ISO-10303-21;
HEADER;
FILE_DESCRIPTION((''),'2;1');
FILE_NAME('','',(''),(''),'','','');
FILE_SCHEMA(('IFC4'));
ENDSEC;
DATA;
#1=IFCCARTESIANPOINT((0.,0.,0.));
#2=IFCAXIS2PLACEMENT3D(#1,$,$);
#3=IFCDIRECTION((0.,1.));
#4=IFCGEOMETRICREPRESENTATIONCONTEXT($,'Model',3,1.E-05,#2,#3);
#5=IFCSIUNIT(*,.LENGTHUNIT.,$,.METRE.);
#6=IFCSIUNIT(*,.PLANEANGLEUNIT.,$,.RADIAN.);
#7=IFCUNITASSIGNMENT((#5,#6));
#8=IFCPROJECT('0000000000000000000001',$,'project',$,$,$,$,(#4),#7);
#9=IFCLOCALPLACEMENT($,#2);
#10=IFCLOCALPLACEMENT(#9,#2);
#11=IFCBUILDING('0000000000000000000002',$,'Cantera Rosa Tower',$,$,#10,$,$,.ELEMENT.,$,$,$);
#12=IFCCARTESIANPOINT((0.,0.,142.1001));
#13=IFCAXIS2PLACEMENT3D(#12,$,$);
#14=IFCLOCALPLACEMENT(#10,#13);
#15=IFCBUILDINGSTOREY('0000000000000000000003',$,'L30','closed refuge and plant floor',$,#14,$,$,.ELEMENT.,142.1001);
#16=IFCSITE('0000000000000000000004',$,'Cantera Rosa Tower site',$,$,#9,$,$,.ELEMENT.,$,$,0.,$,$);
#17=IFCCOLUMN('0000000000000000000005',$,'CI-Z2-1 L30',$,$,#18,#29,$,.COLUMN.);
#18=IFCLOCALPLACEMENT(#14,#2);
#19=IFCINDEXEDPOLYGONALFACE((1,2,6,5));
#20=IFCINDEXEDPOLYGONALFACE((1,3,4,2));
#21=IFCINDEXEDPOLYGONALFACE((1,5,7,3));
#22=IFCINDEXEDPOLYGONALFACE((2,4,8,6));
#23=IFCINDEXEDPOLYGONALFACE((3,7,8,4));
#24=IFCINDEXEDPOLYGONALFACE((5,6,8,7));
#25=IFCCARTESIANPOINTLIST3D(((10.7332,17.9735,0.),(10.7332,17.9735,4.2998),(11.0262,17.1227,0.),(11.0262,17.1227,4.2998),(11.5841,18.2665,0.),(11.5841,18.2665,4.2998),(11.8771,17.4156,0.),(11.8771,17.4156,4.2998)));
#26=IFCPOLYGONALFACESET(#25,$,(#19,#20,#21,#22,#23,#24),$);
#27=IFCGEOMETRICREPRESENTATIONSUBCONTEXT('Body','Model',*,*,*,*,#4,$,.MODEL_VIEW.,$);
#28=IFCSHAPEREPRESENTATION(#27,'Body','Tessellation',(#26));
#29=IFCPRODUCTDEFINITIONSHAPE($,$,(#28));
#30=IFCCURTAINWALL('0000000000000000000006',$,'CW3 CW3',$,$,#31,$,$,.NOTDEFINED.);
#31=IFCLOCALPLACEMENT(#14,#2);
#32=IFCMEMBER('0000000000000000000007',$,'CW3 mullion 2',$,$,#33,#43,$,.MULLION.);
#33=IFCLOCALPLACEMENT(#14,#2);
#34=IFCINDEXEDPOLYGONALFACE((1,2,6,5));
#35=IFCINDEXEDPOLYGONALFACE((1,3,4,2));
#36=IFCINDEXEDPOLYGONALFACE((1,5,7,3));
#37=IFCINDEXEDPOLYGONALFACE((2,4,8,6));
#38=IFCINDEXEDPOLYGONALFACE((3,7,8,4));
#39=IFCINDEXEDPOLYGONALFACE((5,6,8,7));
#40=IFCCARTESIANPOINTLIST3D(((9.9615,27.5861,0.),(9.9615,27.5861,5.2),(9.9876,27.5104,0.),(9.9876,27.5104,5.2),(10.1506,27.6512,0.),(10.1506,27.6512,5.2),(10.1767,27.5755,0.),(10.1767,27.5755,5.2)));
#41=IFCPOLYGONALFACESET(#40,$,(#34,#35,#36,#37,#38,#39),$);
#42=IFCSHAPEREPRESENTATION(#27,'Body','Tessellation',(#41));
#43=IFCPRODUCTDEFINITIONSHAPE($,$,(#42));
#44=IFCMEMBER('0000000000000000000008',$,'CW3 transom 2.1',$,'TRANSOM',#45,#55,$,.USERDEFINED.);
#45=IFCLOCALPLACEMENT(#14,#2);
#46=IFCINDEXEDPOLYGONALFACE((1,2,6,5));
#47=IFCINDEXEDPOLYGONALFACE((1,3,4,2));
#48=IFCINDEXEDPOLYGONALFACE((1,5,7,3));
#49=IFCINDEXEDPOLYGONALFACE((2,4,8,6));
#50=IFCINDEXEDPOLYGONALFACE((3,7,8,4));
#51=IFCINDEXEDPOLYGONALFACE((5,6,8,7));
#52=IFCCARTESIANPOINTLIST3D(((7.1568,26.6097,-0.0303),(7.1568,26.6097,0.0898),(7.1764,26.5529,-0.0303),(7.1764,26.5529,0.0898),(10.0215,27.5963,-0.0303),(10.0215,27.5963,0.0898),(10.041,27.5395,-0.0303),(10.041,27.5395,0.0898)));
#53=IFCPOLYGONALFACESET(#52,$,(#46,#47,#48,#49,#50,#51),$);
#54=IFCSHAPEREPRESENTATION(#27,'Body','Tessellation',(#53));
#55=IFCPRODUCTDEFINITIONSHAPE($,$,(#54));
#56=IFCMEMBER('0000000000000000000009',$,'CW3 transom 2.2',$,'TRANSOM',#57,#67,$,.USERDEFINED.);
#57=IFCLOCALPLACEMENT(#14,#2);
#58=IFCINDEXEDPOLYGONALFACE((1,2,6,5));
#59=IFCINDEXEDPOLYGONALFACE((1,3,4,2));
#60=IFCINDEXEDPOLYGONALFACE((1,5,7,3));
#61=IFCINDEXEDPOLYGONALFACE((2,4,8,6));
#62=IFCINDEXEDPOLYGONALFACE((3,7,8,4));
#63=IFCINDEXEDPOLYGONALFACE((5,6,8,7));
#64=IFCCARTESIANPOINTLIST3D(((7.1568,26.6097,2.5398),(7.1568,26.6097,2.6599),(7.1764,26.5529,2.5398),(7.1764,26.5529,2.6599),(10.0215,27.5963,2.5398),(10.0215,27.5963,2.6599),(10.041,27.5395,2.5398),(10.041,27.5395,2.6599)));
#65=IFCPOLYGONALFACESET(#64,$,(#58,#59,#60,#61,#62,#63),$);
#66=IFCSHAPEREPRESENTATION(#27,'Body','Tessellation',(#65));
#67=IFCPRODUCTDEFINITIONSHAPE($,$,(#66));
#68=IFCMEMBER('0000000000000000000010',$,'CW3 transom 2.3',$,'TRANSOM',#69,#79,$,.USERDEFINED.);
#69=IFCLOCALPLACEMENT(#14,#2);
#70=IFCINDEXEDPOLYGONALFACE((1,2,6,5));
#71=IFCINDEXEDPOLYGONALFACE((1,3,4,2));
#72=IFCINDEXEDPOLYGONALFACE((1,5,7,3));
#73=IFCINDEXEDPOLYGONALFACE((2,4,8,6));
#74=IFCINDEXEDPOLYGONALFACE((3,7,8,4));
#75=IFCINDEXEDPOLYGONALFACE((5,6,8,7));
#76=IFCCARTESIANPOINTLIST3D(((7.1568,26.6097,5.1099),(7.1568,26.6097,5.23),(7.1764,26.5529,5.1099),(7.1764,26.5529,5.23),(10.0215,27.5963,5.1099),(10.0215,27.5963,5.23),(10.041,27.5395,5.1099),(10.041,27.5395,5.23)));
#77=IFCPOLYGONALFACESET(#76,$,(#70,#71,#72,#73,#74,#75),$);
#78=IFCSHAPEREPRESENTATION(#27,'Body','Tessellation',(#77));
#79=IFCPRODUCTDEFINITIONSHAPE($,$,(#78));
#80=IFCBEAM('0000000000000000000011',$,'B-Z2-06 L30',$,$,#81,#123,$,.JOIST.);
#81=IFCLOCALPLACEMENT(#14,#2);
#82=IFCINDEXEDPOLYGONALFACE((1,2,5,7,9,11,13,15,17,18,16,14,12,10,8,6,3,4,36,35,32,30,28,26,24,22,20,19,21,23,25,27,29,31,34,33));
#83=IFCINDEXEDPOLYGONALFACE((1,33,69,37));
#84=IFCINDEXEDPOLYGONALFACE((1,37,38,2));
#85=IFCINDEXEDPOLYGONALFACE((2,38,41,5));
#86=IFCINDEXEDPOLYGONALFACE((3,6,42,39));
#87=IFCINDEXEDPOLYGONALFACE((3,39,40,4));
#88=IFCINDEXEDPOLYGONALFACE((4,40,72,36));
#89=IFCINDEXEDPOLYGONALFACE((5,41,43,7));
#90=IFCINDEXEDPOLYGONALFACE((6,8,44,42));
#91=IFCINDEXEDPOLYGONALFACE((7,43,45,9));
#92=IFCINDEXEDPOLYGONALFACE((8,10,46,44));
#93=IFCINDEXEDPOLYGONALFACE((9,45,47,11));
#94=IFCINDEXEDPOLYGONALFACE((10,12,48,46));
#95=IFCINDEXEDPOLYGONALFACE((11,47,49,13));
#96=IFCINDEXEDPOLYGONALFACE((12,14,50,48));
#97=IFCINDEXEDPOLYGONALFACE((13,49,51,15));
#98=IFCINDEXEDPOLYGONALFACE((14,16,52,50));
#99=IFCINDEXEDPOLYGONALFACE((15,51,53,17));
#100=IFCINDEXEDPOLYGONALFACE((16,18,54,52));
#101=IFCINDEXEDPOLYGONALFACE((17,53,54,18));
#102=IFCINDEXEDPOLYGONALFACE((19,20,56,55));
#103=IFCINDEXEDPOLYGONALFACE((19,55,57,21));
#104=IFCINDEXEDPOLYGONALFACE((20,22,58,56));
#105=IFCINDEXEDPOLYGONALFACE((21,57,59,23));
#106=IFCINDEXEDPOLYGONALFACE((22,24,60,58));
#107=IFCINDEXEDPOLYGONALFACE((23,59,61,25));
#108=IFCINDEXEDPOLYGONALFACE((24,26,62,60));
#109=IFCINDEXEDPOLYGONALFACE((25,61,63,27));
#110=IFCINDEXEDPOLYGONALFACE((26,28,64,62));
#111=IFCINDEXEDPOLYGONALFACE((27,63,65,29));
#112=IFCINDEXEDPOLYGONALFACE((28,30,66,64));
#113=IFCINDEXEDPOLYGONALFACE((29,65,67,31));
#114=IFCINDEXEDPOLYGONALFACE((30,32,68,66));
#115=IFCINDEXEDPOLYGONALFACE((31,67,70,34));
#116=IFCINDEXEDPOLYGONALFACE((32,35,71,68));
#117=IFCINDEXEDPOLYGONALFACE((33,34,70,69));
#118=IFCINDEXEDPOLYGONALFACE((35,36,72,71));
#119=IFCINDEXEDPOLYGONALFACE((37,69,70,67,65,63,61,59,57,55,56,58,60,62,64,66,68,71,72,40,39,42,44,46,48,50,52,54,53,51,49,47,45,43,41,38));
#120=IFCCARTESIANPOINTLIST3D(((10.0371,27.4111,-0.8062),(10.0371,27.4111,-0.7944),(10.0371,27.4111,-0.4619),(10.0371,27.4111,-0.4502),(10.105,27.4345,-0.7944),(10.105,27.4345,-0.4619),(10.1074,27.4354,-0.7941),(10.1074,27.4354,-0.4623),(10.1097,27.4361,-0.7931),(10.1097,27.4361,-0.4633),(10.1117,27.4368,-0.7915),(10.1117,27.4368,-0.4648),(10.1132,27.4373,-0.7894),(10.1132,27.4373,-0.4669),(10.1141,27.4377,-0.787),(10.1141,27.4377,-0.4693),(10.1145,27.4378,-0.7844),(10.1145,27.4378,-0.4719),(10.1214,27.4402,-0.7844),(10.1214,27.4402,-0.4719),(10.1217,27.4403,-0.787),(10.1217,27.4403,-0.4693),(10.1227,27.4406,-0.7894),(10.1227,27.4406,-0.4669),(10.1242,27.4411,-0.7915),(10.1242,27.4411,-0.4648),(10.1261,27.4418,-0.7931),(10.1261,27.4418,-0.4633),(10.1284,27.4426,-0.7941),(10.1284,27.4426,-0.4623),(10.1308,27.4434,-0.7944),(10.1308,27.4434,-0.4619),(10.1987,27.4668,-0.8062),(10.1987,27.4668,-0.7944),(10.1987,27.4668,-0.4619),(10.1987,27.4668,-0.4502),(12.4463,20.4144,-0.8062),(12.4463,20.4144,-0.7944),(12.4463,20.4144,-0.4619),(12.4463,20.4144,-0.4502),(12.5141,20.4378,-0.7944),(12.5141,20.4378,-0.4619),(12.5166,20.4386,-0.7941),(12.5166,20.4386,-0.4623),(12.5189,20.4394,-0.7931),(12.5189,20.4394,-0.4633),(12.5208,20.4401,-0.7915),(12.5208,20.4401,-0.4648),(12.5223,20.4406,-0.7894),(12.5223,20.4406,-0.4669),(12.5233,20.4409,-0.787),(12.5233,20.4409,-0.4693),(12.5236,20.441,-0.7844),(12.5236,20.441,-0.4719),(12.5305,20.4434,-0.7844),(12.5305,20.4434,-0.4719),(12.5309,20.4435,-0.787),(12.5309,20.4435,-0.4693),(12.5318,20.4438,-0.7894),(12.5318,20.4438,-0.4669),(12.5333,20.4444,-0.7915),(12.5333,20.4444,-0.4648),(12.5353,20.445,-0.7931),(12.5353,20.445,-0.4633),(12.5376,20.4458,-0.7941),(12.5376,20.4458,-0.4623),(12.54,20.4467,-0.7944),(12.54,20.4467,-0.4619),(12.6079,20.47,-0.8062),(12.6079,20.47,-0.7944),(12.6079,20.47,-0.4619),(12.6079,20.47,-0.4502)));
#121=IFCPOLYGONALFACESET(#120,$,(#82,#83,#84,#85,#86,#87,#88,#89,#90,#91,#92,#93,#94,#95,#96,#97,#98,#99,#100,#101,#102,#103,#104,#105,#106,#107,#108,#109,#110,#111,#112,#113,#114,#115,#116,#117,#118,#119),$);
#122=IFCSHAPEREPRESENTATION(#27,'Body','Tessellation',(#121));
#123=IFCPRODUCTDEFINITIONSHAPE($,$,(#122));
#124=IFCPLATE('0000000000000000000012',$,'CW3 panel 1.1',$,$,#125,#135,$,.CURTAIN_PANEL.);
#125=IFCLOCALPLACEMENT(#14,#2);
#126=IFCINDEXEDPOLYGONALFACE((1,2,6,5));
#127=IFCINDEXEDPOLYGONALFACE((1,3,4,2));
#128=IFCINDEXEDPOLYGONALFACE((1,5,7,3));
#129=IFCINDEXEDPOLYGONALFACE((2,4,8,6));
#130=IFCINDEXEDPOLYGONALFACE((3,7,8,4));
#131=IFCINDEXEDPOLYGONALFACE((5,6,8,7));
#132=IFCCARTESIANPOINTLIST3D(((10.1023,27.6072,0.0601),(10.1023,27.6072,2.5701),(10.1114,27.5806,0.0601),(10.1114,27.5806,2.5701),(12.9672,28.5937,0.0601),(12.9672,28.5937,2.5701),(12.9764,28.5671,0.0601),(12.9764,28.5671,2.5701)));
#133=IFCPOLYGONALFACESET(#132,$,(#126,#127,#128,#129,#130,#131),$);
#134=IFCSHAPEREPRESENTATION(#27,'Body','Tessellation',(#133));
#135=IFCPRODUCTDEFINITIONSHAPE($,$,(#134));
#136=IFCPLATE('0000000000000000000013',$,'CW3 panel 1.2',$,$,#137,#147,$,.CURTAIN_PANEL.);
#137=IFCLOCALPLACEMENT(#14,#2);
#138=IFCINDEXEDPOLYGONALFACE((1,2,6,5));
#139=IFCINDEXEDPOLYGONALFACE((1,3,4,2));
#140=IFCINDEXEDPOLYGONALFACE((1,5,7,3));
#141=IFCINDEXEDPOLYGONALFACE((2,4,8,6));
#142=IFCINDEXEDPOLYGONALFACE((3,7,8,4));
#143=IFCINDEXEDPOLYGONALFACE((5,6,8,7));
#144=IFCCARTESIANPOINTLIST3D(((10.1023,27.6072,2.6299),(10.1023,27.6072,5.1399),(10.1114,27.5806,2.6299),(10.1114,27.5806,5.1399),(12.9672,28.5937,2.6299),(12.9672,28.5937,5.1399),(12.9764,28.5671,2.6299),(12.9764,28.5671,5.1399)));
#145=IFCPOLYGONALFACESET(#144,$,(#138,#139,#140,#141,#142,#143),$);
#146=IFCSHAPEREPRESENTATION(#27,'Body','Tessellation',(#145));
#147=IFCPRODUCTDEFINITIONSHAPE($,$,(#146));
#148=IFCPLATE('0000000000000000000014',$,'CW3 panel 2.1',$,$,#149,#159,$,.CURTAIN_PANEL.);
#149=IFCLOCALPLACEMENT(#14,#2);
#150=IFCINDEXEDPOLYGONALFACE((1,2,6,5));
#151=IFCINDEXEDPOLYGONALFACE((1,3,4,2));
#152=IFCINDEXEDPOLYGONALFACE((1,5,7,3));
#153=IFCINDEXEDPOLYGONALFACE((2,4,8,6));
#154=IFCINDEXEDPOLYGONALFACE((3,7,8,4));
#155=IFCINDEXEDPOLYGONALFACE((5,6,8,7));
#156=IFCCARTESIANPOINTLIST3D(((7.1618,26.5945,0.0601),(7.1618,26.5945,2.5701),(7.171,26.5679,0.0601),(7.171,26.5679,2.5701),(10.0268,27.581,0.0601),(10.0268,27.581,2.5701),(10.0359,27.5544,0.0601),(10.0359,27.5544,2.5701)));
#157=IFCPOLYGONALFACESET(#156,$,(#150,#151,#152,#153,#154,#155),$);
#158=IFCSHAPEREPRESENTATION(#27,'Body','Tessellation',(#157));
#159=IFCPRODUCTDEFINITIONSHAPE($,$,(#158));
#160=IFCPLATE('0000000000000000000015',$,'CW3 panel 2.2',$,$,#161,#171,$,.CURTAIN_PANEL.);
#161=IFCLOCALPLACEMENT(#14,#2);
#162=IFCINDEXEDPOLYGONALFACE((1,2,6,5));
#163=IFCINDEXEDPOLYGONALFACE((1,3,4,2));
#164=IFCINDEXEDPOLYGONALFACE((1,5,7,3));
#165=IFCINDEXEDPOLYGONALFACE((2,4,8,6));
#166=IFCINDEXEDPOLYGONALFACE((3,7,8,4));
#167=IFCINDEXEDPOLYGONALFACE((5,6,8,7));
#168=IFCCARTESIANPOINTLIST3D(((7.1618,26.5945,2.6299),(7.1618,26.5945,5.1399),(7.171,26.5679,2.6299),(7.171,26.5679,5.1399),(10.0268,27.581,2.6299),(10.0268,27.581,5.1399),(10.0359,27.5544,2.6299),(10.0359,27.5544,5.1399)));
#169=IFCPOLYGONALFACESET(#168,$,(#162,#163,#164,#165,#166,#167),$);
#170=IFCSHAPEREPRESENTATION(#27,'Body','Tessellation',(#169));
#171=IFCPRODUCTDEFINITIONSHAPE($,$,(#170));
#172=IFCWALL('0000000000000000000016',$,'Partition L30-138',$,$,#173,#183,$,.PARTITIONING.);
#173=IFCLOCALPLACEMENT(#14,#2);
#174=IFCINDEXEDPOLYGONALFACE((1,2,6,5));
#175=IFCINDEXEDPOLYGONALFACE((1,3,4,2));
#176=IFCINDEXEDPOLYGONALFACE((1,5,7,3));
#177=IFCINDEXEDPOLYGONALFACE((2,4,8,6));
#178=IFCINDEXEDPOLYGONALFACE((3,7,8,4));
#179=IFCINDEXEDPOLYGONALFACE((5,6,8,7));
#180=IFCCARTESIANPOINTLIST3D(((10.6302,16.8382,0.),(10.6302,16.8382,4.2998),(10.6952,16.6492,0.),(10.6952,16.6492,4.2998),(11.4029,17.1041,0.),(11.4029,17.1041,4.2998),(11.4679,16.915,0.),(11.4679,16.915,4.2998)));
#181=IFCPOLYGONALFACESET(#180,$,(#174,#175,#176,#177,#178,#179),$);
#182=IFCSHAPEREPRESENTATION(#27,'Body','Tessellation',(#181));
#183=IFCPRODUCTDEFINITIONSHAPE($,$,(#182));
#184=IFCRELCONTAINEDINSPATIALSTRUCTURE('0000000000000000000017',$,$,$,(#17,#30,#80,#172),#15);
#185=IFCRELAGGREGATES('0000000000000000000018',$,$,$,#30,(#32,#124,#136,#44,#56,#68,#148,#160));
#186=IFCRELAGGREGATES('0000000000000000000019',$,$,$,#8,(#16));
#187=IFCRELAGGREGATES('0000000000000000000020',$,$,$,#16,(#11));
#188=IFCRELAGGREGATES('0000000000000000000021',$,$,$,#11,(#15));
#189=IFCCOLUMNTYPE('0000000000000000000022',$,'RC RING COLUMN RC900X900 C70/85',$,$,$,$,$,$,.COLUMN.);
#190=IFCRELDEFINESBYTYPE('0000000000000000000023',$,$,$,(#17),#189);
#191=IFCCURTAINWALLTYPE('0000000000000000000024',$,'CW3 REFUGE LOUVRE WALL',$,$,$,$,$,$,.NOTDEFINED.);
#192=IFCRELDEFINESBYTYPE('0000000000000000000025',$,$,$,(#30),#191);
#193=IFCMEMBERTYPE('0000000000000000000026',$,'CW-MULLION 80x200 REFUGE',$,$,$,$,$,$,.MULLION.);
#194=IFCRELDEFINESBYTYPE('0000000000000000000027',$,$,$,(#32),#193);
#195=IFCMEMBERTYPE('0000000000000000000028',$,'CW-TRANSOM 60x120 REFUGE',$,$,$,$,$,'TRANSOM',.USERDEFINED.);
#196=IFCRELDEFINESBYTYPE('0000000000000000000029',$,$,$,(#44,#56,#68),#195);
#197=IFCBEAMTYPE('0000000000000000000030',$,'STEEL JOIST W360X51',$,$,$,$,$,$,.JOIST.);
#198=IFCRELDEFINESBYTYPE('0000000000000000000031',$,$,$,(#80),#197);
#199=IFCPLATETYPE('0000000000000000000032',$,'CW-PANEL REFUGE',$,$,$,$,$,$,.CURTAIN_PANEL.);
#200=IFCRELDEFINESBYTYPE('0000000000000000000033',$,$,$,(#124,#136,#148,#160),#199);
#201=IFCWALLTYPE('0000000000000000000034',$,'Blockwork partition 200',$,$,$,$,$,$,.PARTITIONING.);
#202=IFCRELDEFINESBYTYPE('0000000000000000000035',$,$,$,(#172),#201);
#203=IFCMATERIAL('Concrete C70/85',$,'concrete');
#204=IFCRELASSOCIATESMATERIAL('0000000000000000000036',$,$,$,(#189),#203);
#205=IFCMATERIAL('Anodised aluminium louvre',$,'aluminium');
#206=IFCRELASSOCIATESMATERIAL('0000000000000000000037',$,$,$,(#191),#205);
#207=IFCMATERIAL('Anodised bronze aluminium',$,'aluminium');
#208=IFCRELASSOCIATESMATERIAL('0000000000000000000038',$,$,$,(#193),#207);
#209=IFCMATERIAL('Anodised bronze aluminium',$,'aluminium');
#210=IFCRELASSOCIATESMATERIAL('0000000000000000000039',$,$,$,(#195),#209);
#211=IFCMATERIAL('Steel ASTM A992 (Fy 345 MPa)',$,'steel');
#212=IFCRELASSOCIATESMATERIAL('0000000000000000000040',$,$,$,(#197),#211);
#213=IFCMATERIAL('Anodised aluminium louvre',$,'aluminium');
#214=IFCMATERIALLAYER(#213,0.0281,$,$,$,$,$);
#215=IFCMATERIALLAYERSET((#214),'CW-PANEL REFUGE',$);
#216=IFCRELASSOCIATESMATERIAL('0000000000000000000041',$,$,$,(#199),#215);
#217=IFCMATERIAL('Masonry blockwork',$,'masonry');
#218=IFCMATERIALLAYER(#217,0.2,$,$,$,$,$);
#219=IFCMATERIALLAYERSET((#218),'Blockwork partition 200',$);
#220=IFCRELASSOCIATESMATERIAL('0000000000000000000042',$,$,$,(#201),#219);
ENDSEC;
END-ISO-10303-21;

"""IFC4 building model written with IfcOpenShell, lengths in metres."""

from ifc_helpers import new_model, si_unit, direction, frame, frame_2d, origin, origin_2d, place, context, subcontext, project, spatial, rectangle, i_section, extrude, material, layer, layer_set, material_profile, profile_set, type_object, element, aggregate, save


model = new_model("IFC4")

# Units and contexts
model_context = context("Model", 3, precision=1e-05, world=origin(), true_north=direction((0.0, 1.0)))
body_context = subcontext(model_context, "Body", "Model", "MODEL_VIEW")
ifc_project = project(units=[si_unit("LENGTHUNIT", "METRE"), si_unit("PLANEANGLEUNIT", "RADIAN")], contexts=[model_context])

# Site, building, storey
site_placement = place(None, origin())
site = spatial("IfcSite", under=ifc_project, at=site_placement, Name="Cantera Rosa Tower site", CompositionType="ELEMENT", RefElevation=0.0)
building_placement = place(site_placement, origin())
building = spatial("IfcBuilding", under=site, at=building_placement, Name="Cantera Rosa Tower", CompositionType="ELEMENT")
storey_placement = place(building_placement, frame((0.0, 0.0, 142.1001)))
storey = spatial("IfcBuildingStorey", under=building, at=storey_placement, Name="L30", Description="closed refuge and plant floor", CompositionType="ELEMENT", Elevation=142.1001)

# Column
ifc_material_1 = material(Name="Concrete C70/85", Category="concrete")
ifc_material_profile_1 = material_profile(ifc_material_1, rectangle(XDim=0.8999, YDim=0.8999, at=origin_2d()), Name="RC RING COLUMN RC900X900 C70/85")
ifc_profile_set_1 = profile_set([ifc_material_profile_1], Name="Concrete C70/85")
column_type = type_object("IfcColumnType", Name="RC RING COLUMN RC900X900 C70/85", PredefinedType="COLUMN", material=ifc_profile_set_1)
column_placement = place(storey_placement, frame((11.3052, 17.6946, 0.0), z_axis=(0.0, 0.0, 1.0), x_axis=(0.945519, 0.325568, 0.0)))
element("IfcColumn", 1, at=column_placement, inside=storey, type_object=column_type, Name="CI-Z2-1 L30", PredefinedType="COLUMN", context=body_context, shape_type="SweptSolid", body=[
    extrude(rectangle(XDim=0.8999, YDim=0.8999, at=origin_2d()), origin(), (0.0, 0.0, 1.0), 4.2998),
])

# Curtain wall, members
ifc_material_2 = material(Name="Anodised aluminium louvre", Category="aluminium")
curtain_wall_type = type_object("IfcCurtainWallType", Name="CW3 REFUGE LOUVRE WALL", PredefinedType="NOTDEFINED", material=ifc_material_2)
curtain_wall_placement = place(storey_placement, origin())
curtain_wall = element("IfcCurtainWall", 2, at=curtain_wall_placement, inside=storey, type_object=curtain_wall_type, Name="CW3 CW3", PredefinedType="NOTDEFINED")
ifc_material_3 = material(Name="Anodised bronze aluminium", Category="aluminium")
ifc_material_profile_2 = material_profile(ifc_material_3, rectangle(XDim=0.0801, YDim=0.2, at=origin_2d()), Name="CW-MULLION 80x200 REFUGE")
ifc_profile_set_2 = profile_set([ifc_material_profile_2], Name="Anodised bronze aluminium")
member_type_1 = type_object("IfcMemberType", Name="CW-MULLION 80x200 REFUGE", PredefinedType="MULLION", material=ifc_profile_set_2)
member_1_placement = place(storey_placement, frame((10.0691, 27.5808, 0.0), z_axis=(0.0, 0.0, 1.0), x_axis=(0.325568, -0.945519, 0.0)))
member_1 = element("IfcMember", 3, at=member_1_placement, type_object=member_type_1, Name="CW3 mullion 2", PredefinedType="MULLION", context=body_context, shape_type="SweptSolid", body=[
    extrude(rectangle(XDim=0.0801, YDim=0.2, at=origin_2d()), origin(), (0.0, 0.0, 1.0), 5.2),
])
ifc_material_4 = material(Name="Anodised bronze aluminium", Category="aluminium")
ifc_material_profile_3 = material_profile(ifc_material_4, rectangle(XDim=0.0601, YDim=0.1201, at=origin_2d()), Name="CW-TRANSOM 60x120 REFUGE")
ifc_profile_set_3 = profile_set([ifc_material_profile_3], Name="Anodised bronze aluminium")
member_type_2 = type_object("IfcMemberType", Name="CW-TRANSOM 60x120 REFUGE", ElementType="TRANSOM", PredefinedType="USERDEFINED", material=ifc_profile_set_3)
member_2_placement = place(storey_placement, frame((10.0312, 27.5679, 0.0298), z_axis=(-0.945502, -0.325616, 0.0), x_axis=(0.325616, -0.945502, 0.0)))
member_2 = element("IfcMember", 4, at=member_2_placement, type_object=member_type_2, Name="CW3 transom 2.1", ObjectType="TRANSOM", PredefinedType="USERDEFINED", context=body_context, shape_type="SweptSolid", body=[
    extrude(rectangle(XDim=0.0601, YDim=0.1201, at=origin_2d()), origin(), (0.0, 0.0, 1.0), 3.0298),
])
member_3_placement = place(storey_placement, frame((10.0312, 27.5679, 2.5999), z_axis=(-0.945502, -0.325616, 0.0), x_axis=(0.325616, -0.945502, 0.0)))
member_3 = element("IfcMember", 5, at=member_3_placement, type_object=member_type_2, Name="CW3 transom 2.2", ObjectType="TRANSOM", PredefinedType="USERDEFINED", context=body_context, shape_type="SweptSolid", body=[
    extrude(rectangle(XDim=0.0601, YDim=0.1201, at=origin_2d()), origin(), (0.0, 0.0, 1.0), 3.0298),
])
member_4_placement = place(storey_placement, frame((10.0312, 27.5679, 5.1699), z_axis=(-0.945502, -0.325616, 0.0), x_axis=(0.325616, -0.945502, 0.0)))
member_4 = element("IfcMember", 6, at=member_4_placement, type_object=member_type_2, Name="CW3 transom 2.3", ObjectType="TRANSOM", PredefinedType="USERDEFINED", context=body_context, shape_type="SweptSolid", body=[
    extrude(rectangle(XDim=0.0601, YDim=0.1201, at=origin_2d()), origin(), (0.0, 0.0, 1.0), 3.0298),
])

# Beam
ifc_material_5 = material(Name="Steel ASTM A992 (Fy 345 MPa)", Category="steel")
ifc_material_profile_4 = material_profile(ifc_material_5, i_section(OverallWidth=0.1709, OverallDepth=0.356, WebThickness=0.0073, FlangeThickness=0.0117, FilletRadius=0.01, at=origin_2d()), Name="W360X51")
ifc_profile_set_4 = profile_set([ifc_material_profile_4], Name="Steel ASTM A992 (Fy 345 MPa)")
beam_type = type_object("IfcBeamType", Name="STEEL JOIST W360X51", PredefinedType="JOIST", material=ifc_profile_set_4)
beam_placement = place(storey_placement, frame((10.1179, 27.439, -0.6282), z_axis=(0.325566, -0.945519, 0.0), x_axis=(0.945519, 0.325566, 0.0)))
element("IfcBeam", 7, at=beam_placement, inside=storey, type_object=beam_type, Name="B-Z2-06 L30", PredefinedType="JOIST", context=body_context, shape_type="SweptSolid", body=[
    extrude(i_section(OverallWidth=0.1709, OverallDepth=0.356, WebThickness=0.0073, FlangeThickness=0.0117, FilletRadius=0.01, at=origin_2d()), origin(), (0.0, 0.0, 1.0), 7.3999),
])

# Plates
ifc_material_6 = material(Name="Anodised aluminium louvre", Category="aluminium")
ifc_layer_1 = layer(ifc_material_6, 0.0281)
ifc_layer_set_1 = layer_set([ifc_layer_1], Name="CW-PANEL REFUGE")
plate_type = type_object("IfcPlateType", Name="CW-PANEL REFUGE", PredefinedType="CURTAIN_PANEL", material=ifc_layer_set_1)
plate_1_placement = place(storey_placement, frame((11.5393, 28.0872, 0.0601), z_axis=(0.0, 0.0, 1.0), x_axis=(-0.945519, -0.325568, 0.0)))
plate_1 = element("IfcPlate", 8, at=plate_1_placement, type_object=plate_type, Name="CW3 panel 1.1", PredefinedType="CURTAIN_PANEL", context=body_context, shape_type="SweptSolid", body=[
    extrude(rectangle(XDim=3.03, YDim=0.0281, at=origin_2d()), origin(), (0.0, 0.0, 1.0), 2.51),
])
plate_2_placement = place(storey_placement, frame((11.5393, 28.0872, 2.6299), z_axis=(0.0, 0.0, 1.0), x_axis=(-0.945519, -0.325568, 0.0)))
plate_2 = element("IfcPlate", 9, at=plate_2_placement, type_object=plate_type, Name="CW3 panel 1.2", PredefinedType="CURTAIN_PANEL", context=body_context, shape_type="SweptSolid", body=[
    extrude(rectangle(XDim=3.03, YDim=0.0281, at=origin_2d()), origin(), (0.0, 0.0, 1.0), 2.51),
])
plate_3_placement = place(storey_placement, frame((8.5989, 27.0745, 0.0601), z_axis=(0.0, 0.0, 1.0), x_axis=(-0.945519, -0.325568, 0.0)))
plate_3 = element("IfcPlate", 10, at=plate_3_placement, type_object=plate_type, Name="CW3 panel 2.1", PredefinedType="CURTAIN_PANEL", context=body_context, shape_type="SweptSolid", body=[
    extrude(rectangle(XDim=3.03, YDim=0.0281, at=origin_2d()), origin(), (0.0, 0.0, 1.0), 2.51),
])
plate_4_placement = place(storey_placement, frame((8.5989, 27.0745, 2.6299), z_axis=(0.0, 0.0, 1.0), x_axis=(-0.945519, -0.325568, 0.0)))
plate_4 = element("IfcPlate", 11, at=plate_4_placement, type_object=plate_type, Name="CW3 panel 2.2", PredefinedType="CURTAIN_PANEL", context=body_context, shape_type="SweptSolid", body=[
    extrude(rectangle(XDim=3.03, YDim=0.0281, at=origin_2d()), origin(), (0.0, 0.0, 1.0), 2.51),
])
aggregate(curtain_wall, [member_1, plate_1, plate_2, member_2, member_3, member_4, plate_3, plate_4])

# Wall
ifc_material_7 = material(Name="Masonry blockwork", Category="masonry")
ifc_layer_2 = layer(ifc_material_7, 0.2)
ifc_layer_set_2 = layer_set([ifc_layer_2], Name="Blockwork partition 200")
wall_type_1 = type_object("IfcWallType", Name="Blockwork partition 200", PredefinedType="PARTITIONING", material=ifc_layer_set_2)
wall_1_placement = place(storey_placement, frame((10.6626, 16.7437, 0.0), z_axis=(0.0, 0.0, 1.0), x_axis=(0.945592, 0.325355, 0.0)))
element("IfcWall", 12, at=wall_1_placement, inside=storey, type_object=wall_type_1, Name="Partition L30-138", PredefinedType="PARTITIONING", context=body_context, shape_type="SweptSolid", body=[
    extrude(rectangle(XDim=0.8171, YDim=0.2, at=frame_2d((0.4087, 0.0))), origin(), (0.0, 0.0, 1.0), 4.2998),
])

save(model, "model.ifc")
